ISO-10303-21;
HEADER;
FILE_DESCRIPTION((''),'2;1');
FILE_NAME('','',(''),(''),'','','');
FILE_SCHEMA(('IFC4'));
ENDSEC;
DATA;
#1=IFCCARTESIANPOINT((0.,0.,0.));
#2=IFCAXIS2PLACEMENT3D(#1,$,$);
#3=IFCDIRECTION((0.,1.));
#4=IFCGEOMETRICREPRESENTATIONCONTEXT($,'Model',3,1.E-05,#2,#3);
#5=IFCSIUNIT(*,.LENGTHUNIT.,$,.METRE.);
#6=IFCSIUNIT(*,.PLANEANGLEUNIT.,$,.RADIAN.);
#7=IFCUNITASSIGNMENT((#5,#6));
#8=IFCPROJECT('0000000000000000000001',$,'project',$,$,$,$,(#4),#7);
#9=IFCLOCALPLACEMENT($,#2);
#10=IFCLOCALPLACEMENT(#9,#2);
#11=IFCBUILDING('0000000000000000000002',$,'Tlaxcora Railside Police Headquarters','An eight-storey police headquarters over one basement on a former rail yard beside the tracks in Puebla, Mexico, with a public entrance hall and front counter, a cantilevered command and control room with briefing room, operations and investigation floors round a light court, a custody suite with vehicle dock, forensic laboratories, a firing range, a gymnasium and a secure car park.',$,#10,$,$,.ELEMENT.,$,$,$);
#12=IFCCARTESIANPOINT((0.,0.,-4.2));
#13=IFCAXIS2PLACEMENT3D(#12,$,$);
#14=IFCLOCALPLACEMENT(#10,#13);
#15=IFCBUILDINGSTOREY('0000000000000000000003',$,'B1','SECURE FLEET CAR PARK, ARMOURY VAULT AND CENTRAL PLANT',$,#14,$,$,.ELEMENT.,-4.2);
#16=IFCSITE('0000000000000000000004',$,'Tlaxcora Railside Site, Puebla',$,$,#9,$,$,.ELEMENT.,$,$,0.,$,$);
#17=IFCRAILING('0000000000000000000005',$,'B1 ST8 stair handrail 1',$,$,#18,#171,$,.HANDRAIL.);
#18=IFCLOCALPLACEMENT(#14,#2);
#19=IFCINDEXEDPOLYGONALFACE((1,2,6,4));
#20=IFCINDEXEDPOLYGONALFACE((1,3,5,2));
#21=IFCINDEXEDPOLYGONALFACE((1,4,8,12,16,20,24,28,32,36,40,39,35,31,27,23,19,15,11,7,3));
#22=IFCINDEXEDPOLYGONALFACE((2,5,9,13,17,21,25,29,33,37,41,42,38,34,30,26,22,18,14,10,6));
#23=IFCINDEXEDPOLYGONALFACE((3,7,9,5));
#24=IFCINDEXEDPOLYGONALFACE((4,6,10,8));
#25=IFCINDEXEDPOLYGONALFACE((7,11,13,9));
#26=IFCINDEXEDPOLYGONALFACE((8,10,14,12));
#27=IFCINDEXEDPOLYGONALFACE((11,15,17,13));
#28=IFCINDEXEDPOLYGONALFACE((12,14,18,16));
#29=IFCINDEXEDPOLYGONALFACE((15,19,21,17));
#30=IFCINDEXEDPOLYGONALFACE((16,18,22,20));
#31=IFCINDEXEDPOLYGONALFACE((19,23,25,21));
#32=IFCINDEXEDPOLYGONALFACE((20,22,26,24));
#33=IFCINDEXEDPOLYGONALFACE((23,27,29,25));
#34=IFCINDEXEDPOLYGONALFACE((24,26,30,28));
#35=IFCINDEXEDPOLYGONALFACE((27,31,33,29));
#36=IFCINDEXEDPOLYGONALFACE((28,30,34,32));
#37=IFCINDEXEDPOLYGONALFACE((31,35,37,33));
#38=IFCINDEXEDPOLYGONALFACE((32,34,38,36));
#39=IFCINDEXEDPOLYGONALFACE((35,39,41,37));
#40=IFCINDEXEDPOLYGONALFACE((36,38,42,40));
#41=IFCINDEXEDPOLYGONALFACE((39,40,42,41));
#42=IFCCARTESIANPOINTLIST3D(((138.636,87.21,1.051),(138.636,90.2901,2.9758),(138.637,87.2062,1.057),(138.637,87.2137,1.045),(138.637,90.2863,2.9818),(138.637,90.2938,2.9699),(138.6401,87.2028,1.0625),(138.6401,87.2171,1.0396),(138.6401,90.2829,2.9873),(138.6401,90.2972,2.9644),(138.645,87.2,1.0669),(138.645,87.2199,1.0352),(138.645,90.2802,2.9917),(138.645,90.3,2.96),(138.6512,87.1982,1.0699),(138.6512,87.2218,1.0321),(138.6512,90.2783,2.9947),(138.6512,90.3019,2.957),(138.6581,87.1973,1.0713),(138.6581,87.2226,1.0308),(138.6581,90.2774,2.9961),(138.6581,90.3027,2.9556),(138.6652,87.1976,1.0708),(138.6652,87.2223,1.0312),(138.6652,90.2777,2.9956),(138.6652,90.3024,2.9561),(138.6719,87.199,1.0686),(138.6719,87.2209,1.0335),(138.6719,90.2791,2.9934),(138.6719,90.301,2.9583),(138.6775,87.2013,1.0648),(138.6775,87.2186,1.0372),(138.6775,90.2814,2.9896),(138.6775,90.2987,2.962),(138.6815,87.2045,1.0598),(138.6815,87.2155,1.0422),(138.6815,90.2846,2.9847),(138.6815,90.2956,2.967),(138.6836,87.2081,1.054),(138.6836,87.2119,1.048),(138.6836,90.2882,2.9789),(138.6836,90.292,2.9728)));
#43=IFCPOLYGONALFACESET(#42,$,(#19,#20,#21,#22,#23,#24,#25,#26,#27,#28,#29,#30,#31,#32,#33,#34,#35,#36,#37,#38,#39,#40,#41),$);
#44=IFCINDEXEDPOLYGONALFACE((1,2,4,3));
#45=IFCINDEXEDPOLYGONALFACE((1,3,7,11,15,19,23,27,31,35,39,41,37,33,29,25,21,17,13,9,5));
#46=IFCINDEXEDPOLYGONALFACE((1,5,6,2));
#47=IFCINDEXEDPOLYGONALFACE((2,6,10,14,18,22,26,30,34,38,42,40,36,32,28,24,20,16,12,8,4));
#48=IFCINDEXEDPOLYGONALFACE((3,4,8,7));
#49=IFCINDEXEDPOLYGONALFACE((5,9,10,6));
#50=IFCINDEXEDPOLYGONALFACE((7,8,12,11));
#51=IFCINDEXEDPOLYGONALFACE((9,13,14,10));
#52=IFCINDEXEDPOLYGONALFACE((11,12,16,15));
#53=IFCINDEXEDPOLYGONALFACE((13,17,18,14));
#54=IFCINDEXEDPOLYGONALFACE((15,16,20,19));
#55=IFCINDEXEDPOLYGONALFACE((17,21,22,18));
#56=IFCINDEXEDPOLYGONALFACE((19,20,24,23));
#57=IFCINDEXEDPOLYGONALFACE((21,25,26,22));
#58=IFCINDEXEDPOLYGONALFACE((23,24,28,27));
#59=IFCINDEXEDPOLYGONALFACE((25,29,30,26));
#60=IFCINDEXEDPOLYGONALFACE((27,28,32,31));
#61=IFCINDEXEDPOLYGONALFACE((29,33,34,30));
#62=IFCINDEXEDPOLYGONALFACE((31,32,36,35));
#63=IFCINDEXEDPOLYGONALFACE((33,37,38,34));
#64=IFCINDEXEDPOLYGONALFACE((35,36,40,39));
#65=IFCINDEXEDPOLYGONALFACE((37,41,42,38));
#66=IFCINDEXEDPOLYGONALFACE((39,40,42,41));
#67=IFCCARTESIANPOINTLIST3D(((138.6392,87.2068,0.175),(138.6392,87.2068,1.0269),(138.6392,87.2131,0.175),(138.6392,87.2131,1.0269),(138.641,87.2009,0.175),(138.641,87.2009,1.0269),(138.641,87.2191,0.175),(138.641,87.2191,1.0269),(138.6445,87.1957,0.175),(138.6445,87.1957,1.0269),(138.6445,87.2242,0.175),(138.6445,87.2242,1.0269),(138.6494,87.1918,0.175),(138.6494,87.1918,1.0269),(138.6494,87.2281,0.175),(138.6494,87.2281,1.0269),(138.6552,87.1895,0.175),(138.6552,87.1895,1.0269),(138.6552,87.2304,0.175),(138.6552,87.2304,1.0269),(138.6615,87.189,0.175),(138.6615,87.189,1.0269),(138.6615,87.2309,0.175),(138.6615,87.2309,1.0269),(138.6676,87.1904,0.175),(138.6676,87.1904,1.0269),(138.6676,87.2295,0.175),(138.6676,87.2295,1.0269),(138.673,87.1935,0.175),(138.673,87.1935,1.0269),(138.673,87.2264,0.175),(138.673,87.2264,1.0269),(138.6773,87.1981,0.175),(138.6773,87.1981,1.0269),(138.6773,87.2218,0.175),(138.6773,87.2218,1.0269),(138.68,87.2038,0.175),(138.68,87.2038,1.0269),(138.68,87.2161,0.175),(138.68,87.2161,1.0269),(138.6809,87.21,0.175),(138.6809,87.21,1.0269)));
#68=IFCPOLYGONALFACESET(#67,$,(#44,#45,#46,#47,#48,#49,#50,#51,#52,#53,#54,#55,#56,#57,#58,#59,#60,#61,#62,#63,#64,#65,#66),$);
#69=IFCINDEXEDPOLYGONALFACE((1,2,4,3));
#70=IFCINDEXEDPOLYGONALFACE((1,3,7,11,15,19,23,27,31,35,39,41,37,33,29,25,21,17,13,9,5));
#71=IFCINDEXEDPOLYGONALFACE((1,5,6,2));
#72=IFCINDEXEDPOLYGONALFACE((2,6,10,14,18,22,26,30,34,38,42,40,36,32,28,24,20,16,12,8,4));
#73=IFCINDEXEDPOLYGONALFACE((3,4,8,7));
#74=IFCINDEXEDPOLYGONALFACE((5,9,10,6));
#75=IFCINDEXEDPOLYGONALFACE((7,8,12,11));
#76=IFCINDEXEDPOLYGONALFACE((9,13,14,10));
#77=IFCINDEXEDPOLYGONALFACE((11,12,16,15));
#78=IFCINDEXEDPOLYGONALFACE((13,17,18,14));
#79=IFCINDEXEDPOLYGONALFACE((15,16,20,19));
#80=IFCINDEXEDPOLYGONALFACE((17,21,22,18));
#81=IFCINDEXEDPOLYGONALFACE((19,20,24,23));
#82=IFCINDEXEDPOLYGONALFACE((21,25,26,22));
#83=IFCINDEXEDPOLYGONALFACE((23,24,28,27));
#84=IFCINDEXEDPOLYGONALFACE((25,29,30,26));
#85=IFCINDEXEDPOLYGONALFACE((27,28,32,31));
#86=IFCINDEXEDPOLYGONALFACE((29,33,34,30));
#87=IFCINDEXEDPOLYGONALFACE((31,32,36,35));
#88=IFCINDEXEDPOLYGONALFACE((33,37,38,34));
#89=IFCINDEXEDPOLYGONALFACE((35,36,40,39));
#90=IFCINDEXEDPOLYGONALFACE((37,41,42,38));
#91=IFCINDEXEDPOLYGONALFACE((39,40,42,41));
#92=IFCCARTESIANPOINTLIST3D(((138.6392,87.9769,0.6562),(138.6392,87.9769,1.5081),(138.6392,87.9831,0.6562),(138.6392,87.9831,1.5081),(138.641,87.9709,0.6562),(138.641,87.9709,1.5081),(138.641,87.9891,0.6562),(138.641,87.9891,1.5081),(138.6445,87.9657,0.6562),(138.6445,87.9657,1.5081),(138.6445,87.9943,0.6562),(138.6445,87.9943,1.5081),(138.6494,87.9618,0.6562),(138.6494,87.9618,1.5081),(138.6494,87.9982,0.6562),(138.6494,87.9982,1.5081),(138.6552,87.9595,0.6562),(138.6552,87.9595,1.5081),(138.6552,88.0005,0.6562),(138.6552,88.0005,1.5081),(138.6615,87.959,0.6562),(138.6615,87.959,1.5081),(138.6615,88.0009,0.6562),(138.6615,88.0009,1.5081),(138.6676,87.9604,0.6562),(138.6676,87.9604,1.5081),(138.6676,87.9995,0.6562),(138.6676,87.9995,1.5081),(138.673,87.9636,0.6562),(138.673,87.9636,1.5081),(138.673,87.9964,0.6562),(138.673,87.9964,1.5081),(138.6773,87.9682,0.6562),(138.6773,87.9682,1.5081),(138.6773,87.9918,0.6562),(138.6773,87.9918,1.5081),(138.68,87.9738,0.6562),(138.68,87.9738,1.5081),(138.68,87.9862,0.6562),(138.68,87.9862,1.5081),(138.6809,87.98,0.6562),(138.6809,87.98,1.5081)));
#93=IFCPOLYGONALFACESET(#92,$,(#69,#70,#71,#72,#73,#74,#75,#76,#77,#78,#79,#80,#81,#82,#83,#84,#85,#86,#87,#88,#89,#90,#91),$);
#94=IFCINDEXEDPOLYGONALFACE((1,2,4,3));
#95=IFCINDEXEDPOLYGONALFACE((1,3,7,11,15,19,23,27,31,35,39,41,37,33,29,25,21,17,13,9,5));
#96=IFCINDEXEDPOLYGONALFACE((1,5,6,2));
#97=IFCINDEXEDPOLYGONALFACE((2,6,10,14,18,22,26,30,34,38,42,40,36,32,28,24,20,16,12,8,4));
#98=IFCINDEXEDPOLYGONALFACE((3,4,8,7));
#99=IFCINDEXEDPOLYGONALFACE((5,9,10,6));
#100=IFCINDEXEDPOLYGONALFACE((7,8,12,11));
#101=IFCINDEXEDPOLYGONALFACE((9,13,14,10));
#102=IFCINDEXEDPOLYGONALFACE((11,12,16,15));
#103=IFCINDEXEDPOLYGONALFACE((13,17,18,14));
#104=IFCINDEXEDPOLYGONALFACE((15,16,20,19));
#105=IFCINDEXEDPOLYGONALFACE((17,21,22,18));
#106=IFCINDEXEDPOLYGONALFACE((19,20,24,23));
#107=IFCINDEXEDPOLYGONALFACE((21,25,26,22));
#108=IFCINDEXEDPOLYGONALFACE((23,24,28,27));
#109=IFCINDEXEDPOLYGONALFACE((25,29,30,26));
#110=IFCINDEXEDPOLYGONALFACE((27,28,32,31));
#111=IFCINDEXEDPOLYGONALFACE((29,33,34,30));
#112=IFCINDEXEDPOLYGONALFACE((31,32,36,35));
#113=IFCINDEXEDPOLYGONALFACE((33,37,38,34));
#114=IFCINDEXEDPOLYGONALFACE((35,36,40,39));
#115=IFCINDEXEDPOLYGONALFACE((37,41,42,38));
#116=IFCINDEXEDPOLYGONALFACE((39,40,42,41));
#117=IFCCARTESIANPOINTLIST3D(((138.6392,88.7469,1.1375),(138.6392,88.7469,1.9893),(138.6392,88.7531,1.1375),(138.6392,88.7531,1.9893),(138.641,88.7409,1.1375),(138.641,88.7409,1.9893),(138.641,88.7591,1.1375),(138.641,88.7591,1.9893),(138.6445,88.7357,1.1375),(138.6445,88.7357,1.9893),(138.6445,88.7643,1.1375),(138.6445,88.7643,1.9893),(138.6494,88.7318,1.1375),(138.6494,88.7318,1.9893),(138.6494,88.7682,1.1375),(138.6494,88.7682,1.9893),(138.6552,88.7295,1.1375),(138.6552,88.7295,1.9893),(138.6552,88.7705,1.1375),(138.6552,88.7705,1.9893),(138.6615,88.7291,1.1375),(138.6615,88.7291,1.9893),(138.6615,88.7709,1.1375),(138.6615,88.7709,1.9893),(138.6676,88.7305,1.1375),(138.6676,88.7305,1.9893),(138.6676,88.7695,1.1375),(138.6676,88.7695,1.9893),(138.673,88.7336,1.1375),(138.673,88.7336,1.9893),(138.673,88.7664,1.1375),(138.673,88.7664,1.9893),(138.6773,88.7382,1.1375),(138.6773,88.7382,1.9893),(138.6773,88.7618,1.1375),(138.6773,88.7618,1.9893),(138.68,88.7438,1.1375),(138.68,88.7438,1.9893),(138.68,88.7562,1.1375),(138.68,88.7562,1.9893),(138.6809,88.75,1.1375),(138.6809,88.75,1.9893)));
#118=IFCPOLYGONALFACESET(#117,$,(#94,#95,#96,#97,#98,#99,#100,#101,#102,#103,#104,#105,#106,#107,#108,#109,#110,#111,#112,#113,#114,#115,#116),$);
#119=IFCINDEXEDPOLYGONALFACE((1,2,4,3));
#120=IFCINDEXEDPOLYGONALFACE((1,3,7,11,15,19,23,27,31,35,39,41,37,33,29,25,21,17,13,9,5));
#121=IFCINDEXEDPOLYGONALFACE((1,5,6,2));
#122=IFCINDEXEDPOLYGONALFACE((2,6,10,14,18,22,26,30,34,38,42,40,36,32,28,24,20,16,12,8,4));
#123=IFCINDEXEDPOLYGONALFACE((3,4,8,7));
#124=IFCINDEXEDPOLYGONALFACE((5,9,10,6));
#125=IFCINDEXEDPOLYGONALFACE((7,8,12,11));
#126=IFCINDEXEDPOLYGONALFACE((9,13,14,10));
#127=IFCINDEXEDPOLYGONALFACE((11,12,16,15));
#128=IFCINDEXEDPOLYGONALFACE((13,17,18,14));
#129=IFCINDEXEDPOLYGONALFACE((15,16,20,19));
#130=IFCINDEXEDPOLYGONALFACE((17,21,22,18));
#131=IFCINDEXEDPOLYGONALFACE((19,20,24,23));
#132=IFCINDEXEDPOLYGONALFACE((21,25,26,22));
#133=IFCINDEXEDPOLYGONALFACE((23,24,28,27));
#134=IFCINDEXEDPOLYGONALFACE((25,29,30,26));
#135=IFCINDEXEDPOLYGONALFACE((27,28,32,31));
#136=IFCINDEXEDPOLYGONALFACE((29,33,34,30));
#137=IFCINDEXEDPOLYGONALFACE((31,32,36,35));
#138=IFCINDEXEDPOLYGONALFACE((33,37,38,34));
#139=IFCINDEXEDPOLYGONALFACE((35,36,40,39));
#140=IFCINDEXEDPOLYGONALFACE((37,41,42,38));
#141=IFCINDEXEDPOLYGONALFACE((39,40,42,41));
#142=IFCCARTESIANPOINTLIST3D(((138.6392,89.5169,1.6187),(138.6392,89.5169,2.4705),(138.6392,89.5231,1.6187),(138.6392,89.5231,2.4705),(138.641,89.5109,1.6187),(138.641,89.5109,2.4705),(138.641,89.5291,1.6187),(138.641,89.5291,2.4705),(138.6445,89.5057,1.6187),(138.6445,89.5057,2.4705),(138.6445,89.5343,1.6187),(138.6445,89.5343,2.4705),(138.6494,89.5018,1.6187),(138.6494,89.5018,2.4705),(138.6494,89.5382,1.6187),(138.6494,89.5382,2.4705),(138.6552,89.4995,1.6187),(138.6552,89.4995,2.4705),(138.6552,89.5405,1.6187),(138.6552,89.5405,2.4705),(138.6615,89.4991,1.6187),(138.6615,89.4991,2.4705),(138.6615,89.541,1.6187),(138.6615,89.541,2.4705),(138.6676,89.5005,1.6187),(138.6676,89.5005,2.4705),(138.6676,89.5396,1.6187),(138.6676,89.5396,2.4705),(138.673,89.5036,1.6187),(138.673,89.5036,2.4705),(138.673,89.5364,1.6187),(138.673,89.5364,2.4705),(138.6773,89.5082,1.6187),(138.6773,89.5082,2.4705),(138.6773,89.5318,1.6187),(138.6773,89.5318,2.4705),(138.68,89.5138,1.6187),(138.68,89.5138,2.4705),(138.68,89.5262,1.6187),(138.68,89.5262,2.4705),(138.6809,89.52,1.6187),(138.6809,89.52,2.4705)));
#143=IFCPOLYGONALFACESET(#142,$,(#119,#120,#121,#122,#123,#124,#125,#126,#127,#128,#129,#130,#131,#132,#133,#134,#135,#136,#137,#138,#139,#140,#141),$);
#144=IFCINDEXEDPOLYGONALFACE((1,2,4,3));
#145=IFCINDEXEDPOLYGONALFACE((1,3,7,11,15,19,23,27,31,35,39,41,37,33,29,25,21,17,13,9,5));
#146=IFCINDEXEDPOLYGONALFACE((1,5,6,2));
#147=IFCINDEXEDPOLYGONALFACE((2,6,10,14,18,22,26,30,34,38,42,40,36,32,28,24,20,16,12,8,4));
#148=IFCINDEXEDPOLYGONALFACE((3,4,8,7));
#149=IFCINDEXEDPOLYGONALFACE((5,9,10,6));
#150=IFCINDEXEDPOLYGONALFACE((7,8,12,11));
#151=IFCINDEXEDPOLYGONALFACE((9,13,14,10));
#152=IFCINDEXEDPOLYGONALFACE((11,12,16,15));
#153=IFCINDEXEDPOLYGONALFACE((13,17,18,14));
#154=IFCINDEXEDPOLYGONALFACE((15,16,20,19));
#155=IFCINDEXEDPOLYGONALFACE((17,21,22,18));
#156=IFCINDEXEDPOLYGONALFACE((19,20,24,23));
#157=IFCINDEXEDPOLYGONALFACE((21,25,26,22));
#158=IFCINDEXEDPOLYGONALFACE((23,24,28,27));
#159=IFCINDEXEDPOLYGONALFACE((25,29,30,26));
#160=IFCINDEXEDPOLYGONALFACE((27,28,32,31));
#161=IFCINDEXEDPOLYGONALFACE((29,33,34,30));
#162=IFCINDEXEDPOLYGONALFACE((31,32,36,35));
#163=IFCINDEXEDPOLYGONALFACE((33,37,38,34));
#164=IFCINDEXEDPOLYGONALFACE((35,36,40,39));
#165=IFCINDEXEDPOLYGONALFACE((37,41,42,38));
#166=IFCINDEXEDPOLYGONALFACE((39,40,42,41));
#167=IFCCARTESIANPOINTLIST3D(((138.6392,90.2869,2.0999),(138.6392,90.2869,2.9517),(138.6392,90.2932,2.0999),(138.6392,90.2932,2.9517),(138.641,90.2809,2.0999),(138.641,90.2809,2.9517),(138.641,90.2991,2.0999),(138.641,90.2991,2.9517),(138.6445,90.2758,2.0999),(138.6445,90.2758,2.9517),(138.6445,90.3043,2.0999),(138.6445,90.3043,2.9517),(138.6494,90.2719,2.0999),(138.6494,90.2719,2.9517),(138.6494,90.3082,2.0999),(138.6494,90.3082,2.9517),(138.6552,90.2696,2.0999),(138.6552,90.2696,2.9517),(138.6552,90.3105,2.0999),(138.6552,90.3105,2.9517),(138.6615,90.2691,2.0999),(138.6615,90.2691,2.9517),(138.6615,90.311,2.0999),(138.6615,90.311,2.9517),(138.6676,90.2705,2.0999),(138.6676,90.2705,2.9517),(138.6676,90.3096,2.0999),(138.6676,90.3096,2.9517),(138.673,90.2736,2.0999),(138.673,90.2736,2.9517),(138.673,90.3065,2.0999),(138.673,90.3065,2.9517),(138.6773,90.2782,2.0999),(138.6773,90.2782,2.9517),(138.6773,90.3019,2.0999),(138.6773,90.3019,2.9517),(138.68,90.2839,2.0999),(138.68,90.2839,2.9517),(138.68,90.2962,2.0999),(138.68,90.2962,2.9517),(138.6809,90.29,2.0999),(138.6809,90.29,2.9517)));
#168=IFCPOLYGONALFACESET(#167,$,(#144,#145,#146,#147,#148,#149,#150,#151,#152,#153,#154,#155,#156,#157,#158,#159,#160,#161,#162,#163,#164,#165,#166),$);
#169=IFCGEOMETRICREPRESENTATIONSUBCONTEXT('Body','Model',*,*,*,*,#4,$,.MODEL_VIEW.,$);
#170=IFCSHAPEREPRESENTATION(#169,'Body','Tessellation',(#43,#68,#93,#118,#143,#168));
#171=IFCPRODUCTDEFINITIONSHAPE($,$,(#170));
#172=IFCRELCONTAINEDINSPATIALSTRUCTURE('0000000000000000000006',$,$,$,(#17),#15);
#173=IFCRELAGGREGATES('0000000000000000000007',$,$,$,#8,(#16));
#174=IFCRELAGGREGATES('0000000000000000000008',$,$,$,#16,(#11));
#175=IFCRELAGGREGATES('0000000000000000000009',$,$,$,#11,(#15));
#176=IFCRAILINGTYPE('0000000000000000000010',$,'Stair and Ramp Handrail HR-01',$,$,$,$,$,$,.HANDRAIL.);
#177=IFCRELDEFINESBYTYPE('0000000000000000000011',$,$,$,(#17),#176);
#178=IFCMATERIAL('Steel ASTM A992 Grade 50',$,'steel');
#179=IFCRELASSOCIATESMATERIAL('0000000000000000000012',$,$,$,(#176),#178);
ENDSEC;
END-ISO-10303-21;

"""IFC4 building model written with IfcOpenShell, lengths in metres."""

from ifc_helpers import new_model, si_unit, direction, frame, origin, origin_2d, place, context, subcontext, project, spatial, circle, extrude, material, type_object, element, save


model = new_model("IFC4")

# Units and contexts
model_context = context("Model", 3, precision=1e-05, world=origin(), true_north=direction((0.0, 1.0)))
body_context = subcontext(model_context, "Body", "Model", "MODEL_VIEW")
ifc_project = project(units=[si_unit("LENGTHUNIT", "METRE"), si_unit("PLANEANGLEUNIT", "RADIAN")], contexts=[model_context])

# Site, building, storey
site_placement = place(None, origin())
site = spatial("IfcSite", under=ifc_project, at=site_placement, Name="Tlaxcora Railside Site, Puebla", CompositionType="ELEMENT", RefElevation=0.0)
building_placement = place(site_placement, origin())
building = spatial("IfcBuilding", under=site, at=building_placement, Name="Tlaxcora Railside Police Headquarters", Description="An eight-storey police headquarters over one basement on a former rail yard beside the tracks in Puebla, Mexico, with a public entrance hall and front counter, a cantilevered command and control room with briefing room, operations and investigation floors round a light court, a custody suite with vehicle dock, forensic laboratories, a firing range, a gymnasium and a secure car park.", CompositionType="ELEMENT")
storey_placement = place(building_placement, frame((0.0, 0.0, -4.2)))
storey = spatial("IfcBuildingStorey", under=building, at=storey_placement, Name="B1", Description="SECURE FLEET CAR PARK, ARMOURY VAULT AND CENTRAL PLANT", CompositionType="ELEMENT", Elevation=-4.2)

# Shared definitions
ifc_material_1 = material(Name="Steel ASTM A992 Grade 50", Category="steel")

# Railing
railing_type_1 = type_object("IfcRailingType", Name="Stair and Ramp Handrail HR-01", PredefinedType="HANDRAIL", material=ifc_material_1)
railing_1_placement = place(storey_placement, frame((138.6599, 87.21, 0.175)))
element("IfcRailing", 1, at=railing_1_placement, inside=storey, type_object=railing_type_1, Name="B1 ST8 stair handrail 1", PredefinedType="HANDRAIL", context=body_context, shape_type="SweptSolid", body=[
    extrude(circle(Radius=0.0239, at=origin_2d()), frame((0.0, 0.0, 0.876), z_axis=(0.0, 0.848029, 0.529951), x_axis=(-1.0, 0.0, 0.0)), (0.0, 0.0, 1.0), 3.6321),
    extrude(circle(Radius=0.021, at=origin_2d()), origin(), (0.0, 0.0, 1.0), 0.8518),
    extrude(circle(Radius=0.021, at=origin_2d()), frame((0.0, 0.77, 0.4812)), (0.0, 0.0, 1.0), 0.8518),
    extrude(circle(Radius=0.021, at=origin_2d()), frame((0.0, 1.54, 0.9624)), (0.0, 0.0, 1.0), 0.8518),
    extrude(circle(Radius=0.021, at=origin_2d()), frame((0.0, 2.3101, 1.4436)), (0.0, 0.0, 1.0), 0.8518),
    extrude(circle(Radius=0.021, at=origin_2d()), frame((0.0, 3.0801, 1.9248)), (0.0, 0.0, 1.0), 0.8518),
])

save(model, "model.ifc")
